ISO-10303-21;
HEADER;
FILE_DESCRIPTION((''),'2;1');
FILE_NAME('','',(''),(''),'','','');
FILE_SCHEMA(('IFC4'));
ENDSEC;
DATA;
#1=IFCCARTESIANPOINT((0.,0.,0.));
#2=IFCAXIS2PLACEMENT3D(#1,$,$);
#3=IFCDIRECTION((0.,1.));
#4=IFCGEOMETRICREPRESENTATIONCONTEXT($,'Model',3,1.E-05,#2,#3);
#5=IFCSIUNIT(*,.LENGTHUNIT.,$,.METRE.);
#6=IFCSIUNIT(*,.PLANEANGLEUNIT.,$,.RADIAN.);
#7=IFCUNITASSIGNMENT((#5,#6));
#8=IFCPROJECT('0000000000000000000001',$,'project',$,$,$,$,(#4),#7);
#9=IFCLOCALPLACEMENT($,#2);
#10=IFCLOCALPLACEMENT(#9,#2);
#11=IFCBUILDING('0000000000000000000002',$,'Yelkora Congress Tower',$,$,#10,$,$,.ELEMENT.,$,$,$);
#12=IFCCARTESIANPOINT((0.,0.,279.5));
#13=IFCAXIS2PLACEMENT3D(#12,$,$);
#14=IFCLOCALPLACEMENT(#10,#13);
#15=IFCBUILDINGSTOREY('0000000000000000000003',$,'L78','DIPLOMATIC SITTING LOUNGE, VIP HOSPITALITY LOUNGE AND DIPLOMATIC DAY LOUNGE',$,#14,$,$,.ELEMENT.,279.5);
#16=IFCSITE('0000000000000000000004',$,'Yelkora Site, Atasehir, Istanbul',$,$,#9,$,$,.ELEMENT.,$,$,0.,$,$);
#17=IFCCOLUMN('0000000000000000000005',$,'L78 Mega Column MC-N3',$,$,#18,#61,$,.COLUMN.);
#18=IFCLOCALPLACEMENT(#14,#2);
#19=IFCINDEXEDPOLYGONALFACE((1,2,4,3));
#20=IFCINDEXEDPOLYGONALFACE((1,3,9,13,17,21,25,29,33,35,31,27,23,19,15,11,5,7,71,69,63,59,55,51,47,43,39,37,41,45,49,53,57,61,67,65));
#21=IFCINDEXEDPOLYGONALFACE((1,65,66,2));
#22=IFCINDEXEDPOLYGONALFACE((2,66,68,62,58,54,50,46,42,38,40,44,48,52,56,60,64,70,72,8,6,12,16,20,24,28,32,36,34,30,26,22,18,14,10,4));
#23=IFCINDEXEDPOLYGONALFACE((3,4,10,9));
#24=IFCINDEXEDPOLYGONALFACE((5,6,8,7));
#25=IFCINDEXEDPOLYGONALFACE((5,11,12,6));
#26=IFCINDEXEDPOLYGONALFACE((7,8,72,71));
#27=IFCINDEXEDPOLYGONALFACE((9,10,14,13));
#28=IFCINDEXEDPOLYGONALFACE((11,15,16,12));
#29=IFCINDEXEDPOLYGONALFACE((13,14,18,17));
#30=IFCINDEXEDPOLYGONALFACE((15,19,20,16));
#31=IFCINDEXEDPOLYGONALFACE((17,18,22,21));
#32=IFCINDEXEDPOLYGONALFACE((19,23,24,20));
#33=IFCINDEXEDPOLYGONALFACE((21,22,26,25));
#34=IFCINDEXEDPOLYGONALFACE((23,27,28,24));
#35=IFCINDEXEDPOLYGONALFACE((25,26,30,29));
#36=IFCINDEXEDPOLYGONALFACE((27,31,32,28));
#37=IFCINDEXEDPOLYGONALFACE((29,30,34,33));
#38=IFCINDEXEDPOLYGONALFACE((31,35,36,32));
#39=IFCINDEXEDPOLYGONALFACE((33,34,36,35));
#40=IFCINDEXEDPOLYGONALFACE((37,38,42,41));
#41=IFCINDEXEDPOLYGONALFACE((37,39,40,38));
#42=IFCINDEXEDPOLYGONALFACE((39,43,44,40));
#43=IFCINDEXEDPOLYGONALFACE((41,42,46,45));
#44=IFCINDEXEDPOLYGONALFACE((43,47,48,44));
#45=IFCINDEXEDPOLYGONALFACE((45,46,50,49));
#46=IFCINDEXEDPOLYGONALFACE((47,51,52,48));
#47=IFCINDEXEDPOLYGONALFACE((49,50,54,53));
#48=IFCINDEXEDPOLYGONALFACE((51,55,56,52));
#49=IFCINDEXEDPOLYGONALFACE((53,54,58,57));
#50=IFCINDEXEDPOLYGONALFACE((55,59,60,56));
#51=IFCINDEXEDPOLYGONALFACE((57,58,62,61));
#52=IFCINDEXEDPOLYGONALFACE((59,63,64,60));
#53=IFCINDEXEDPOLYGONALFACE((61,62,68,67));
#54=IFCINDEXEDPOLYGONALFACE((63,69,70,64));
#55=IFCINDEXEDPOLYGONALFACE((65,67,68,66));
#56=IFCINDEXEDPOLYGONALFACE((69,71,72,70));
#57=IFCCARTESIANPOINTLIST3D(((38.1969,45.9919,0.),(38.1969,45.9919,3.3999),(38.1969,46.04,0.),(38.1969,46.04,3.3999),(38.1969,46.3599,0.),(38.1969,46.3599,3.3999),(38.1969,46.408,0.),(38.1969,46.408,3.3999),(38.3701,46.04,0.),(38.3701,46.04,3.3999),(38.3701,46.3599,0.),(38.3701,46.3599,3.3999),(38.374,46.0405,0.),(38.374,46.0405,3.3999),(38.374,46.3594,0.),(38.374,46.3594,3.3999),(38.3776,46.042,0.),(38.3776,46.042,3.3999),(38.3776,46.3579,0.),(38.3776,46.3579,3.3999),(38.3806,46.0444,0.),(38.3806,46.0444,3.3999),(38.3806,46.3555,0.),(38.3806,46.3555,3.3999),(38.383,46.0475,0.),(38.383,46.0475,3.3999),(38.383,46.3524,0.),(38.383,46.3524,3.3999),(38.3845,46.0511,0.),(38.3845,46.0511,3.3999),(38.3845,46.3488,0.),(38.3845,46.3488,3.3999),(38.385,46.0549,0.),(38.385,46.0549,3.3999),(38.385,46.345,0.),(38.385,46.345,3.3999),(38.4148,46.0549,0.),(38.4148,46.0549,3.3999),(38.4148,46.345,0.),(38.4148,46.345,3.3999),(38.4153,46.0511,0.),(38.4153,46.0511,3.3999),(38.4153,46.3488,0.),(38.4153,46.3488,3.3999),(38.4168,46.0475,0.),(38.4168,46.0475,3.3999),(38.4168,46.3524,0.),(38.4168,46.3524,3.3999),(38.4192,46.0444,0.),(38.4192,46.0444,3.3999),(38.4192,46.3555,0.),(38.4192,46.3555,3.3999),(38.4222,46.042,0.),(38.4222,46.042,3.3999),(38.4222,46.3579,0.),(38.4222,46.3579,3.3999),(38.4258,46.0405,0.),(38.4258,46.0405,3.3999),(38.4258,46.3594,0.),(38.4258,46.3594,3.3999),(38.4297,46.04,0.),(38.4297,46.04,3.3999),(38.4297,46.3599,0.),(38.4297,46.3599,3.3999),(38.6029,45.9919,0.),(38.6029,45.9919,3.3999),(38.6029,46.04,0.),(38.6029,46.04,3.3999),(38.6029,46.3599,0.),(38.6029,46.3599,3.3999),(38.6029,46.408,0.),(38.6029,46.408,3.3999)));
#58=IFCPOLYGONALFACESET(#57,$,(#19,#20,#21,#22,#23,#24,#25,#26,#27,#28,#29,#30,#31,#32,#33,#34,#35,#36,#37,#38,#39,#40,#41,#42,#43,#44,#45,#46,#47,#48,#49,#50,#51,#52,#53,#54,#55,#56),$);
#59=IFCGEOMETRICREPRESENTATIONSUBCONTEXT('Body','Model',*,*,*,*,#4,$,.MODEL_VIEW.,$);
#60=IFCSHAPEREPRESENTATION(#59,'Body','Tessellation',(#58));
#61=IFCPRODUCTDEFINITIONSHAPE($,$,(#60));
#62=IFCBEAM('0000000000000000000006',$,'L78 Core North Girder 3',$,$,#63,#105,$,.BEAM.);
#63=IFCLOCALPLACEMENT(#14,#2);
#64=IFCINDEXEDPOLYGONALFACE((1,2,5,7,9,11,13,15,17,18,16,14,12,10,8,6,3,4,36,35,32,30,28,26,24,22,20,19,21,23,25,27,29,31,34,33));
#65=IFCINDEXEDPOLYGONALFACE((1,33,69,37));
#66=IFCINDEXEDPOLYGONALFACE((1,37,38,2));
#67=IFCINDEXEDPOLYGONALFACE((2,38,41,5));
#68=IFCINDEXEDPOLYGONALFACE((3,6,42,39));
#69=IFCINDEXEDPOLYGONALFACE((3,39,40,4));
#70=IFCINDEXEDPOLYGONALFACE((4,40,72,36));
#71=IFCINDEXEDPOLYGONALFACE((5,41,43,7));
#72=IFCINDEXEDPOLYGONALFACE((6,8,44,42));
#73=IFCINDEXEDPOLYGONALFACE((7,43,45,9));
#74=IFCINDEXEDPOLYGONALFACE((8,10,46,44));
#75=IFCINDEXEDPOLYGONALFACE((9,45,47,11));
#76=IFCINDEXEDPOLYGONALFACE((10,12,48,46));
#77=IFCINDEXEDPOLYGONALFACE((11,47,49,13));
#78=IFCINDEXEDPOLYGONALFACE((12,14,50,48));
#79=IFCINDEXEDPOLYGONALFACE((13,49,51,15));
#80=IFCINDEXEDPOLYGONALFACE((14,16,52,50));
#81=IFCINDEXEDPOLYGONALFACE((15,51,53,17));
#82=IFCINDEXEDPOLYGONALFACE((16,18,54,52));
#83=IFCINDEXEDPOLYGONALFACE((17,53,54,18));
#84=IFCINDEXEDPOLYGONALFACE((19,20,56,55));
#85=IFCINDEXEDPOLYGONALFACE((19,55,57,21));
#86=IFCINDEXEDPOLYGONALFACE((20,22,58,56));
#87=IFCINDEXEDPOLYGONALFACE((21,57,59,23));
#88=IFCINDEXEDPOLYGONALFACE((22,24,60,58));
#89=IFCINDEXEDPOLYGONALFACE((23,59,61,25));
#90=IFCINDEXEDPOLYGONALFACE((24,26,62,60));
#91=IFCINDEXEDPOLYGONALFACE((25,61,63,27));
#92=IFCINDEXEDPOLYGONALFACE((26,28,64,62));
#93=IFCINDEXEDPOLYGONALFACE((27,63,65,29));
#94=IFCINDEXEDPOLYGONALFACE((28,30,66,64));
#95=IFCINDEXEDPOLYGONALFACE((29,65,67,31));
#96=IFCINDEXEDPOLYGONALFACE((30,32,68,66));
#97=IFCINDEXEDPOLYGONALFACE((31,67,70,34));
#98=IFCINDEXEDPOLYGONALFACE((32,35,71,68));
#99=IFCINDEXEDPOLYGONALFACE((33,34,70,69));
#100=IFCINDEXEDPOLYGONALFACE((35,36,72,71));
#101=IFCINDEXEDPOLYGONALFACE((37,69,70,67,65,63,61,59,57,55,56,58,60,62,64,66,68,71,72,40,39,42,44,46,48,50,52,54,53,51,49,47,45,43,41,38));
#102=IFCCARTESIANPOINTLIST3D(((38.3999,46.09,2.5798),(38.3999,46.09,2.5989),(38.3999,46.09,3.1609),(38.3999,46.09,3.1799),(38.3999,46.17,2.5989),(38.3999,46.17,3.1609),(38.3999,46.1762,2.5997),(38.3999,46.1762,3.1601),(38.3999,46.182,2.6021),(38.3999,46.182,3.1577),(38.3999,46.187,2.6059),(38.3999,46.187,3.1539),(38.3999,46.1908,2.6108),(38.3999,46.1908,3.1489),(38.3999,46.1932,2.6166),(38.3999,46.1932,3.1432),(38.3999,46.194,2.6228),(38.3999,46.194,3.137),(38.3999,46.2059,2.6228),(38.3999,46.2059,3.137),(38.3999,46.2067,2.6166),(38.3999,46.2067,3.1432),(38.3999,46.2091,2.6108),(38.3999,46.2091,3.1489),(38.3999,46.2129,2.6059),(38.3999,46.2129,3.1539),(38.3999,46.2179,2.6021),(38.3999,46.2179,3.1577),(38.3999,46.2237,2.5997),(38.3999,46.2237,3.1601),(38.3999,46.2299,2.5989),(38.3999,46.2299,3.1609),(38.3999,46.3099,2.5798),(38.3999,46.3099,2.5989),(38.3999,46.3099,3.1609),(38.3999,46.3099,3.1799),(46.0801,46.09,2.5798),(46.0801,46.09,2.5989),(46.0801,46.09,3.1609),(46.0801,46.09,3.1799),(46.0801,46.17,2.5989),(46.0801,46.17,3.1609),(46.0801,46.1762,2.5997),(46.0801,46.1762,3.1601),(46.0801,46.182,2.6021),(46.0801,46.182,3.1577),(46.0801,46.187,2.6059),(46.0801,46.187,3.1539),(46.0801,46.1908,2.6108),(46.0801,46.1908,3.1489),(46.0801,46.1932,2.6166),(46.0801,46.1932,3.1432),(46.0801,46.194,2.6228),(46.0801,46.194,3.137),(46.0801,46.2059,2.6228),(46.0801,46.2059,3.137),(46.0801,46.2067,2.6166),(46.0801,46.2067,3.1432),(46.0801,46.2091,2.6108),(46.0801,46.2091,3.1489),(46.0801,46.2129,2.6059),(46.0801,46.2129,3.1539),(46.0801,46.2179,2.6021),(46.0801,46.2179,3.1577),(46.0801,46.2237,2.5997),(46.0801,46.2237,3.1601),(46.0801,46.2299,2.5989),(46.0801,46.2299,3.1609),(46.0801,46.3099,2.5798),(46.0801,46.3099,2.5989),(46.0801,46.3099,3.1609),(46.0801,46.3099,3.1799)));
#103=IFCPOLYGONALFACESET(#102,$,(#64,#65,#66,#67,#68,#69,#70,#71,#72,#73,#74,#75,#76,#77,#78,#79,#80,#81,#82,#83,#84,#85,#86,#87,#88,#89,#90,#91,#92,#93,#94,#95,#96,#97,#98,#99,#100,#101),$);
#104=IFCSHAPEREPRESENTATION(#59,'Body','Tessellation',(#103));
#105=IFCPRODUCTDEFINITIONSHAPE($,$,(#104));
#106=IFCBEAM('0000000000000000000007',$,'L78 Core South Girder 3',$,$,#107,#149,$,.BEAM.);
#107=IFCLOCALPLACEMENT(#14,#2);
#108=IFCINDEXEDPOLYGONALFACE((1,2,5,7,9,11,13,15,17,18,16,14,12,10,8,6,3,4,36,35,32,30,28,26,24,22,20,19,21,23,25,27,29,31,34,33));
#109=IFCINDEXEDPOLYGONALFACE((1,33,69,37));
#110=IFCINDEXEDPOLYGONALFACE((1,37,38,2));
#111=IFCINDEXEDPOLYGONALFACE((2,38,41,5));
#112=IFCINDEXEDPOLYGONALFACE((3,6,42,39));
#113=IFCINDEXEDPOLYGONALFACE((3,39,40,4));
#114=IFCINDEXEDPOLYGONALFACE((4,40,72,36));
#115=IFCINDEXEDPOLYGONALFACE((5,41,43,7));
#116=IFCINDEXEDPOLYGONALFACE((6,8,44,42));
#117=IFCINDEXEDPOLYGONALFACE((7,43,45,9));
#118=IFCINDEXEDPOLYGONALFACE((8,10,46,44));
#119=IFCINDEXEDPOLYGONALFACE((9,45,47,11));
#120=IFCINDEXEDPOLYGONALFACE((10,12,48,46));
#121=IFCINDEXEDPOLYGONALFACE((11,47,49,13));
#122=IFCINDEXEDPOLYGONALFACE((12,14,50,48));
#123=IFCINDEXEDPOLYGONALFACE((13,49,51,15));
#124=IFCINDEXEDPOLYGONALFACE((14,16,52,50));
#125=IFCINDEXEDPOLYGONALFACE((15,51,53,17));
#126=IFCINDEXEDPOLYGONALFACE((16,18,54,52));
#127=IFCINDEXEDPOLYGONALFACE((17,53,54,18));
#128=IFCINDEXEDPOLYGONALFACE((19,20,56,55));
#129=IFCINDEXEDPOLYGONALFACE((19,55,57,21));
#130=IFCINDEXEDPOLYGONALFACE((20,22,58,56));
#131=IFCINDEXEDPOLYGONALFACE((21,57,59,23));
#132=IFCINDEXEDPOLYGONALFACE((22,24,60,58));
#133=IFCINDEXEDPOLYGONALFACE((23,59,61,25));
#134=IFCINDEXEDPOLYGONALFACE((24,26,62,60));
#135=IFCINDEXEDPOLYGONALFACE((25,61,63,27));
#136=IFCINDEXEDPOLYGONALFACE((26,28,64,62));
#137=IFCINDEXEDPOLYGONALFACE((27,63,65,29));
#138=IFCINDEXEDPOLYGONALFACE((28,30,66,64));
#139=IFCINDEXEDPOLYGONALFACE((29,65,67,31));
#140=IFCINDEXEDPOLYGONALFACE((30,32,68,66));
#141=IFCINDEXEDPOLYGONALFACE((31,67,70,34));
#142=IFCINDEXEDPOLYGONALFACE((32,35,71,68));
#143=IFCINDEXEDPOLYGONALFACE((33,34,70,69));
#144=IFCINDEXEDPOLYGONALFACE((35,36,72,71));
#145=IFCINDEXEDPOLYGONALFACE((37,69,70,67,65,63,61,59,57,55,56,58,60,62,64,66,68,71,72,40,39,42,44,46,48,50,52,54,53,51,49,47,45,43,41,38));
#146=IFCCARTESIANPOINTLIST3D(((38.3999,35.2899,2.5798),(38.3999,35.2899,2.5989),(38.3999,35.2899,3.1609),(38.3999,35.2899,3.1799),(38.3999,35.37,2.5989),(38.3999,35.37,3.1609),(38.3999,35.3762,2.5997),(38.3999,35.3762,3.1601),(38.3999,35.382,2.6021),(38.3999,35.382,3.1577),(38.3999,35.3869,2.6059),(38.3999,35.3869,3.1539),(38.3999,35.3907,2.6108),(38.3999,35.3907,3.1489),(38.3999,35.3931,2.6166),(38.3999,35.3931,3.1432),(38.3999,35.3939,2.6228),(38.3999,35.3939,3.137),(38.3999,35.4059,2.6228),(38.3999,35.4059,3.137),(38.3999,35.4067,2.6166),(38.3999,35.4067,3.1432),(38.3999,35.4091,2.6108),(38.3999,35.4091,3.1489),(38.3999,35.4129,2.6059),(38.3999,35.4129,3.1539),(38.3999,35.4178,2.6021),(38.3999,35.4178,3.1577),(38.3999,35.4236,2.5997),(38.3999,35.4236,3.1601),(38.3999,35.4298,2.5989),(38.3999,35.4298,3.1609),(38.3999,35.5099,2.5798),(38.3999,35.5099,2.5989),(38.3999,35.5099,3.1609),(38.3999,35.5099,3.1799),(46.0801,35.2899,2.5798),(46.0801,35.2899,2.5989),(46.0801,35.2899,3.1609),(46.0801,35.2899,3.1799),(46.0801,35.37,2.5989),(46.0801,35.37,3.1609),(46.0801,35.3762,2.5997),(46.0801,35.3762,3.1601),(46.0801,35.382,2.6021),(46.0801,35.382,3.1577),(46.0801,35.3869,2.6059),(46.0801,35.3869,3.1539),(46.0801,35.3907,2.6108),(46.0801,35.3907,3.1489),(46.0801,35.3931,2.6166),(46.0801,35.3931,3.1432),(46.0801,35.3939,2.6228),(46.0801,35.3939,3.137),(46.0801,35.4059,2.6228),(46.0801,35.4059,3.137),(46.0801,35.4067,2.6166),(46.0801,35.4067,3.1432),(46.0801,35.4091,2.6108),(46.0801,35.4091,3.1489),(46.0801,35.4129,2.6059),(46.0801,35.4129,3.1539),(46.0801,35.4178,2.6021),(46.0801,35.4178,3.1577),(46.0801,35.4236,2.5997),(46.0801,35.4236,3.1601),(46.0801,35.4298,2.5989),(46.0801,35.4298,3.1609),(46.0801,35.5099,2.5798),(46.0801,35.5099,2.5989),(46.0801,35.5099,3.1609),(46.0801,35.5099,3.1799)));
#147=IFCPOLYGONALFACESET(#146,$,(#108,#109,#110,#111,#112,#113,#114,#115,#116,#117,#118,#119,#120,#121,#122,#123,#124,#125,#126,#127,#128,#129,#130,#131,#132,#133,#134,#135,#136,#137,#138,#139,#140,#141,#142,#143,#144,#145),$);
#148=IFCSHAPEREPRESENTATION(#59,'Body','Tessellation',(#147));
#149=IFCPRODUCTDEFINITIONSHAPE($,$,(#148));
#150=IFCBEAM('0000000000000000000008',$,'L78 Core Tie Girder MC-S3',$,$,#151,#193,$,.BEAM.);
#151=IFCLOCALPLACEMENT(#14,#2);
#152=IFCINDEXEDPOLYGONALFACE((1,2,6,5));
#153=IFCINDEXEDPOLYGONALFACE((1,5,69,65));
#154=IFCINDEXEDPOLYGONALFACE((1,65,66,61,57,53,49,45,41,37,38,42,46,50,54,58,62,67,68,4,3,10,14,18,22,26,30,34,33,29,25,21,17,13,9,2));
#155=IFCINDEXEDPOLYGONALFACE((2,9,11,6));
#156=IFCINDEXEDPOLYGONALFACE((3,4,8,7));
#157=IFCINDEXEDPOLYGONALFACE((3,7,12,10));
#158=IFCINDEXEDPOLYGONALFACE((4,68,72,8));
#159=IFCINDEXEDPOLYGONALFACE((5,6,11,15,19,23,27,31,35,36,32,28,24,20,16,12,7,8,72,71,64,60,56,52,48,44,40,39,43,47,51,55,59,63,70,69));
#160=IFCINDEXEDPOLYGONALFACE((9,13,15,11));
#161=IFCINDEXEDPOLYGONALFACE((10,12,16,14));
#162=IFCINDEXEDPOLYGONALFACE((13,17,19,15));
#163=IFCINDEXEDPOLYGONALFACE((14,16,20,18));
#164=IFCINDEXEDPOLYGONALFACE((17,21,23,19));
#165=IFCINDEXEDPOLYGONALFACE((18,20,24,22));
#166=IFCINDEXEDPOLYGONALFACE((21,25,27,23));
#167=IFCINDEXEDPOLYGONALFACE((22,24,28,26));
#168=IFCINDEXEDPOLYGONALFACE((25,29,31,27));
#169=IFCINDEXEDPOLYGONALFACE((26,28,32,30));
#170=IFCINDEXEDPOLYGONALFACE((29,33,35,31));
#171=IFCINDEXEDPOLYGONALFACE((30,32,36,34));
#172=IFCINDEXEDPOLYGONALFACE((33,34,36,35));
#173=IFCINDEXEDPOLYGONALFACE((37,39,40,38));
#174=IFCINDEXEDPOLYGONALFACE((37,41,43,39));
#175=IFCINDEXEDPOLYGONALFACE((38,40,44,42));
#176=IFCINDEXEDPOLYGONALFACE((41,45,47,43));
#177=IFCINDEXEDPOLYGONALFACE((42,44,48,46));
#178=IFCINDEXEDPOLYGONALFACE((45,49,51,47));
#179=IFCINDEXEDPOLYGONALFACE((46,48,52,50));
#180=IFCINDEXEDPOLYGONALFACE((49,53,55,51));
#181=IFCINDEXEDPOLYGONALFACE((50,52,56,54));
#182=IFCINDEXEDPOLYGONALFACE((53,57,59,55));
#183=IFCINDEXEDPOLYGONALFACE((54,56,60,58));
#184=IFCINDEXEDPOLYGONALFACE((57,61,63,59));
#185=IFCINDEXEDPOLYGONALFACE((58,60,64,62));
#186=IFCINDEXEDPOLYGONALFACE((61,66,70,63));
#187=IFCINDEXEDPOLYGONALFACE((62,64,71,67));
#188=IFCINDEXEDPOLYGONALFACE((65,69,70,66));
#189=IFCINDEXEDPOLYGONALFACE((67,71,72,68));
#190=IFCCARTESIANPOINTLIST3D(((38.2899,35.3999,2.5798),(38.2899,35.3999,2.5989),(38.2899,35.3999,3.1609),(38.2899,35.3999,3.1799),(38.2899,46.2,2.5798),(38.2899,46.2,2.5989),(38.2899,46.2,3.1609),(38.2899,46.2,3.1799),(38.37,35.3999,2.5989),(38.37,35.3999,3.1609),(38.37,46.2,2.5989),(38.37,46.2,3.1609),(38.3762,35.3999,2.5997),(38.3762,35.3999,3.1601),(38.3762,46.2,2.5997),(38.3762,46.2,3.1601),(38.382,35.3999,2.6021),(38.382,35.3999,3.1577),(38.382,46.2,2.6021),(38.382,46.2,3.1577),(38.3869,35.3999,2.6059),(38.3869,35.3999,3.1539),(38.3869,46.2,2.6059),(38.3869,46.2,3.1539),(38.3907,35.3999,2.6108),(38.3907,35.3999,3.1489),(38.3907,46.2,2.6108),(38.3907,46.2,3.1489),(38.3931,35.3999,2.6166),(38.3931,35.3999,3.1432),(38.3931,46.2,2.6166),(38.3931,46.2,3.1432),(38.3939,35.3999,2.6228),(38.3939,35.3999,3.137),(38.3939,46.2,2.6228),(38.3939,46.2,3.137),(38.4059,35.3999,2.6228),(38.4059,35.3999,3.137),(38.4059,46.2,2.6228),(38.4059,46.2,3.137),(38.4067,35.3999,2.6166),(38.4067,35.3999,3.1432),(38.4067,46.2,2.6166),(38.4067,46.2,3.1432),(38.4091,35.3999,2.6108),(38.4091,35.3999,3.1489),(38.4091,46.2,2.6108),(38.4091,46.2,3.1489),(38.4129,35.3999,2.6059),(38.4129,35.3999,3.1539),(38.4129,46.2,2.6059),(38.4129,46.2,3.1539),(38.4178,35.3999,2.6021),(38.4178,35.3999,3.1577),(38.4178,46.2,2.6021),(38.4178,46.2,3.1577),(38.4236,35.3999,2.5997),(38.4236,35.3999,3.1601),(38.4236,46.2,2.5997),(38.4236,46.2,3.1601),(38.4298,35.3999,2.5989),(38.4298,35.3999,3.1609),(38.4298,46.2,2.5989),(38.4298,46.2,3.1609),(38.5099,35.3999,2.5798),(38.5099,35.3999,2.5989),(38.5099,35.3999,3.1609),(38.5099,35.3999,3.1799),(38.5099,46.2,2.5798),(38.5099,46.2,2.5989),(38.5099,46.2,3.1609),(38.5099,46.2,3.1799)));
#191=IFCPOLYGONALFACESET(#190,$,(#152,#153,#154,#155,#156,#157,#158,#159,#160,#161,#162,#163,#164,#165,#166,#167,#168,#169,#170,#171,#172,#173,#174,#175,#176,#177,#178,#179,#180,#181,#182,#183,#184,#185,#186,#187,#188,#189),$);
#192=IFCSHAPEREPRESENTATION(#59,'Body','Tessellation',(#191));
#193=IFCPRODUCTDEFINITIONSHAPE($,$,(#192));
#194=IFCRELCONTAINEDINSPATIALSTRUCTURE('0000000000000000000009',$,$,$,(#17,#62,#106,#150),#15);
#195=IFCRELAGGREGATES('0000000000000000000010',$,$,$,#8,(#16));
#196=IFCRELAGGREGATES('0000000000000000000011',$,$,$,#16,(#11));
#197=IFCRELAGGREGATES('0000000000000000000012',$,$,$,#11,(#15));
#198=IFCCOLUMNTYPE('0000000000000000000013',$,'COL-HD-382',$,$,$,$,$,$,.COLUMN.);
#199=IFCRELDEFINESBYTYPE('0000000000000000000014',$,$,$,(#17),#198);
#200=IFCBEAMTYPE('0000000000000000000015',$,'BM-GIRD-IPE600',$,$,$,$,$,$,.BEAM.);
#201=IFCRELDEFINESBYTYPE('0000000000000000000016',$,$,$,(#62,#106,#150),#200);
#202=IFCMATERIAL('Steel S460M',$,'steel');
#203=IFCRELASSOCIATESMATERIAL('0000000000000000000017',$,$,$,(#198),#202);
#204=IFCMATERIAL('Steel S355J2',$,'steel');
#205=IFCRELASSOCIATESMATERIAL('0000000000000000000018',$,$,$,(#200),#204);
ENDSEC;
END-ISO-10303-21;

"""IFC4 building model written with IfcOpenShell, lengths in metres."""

from ifc_helpers import new_model, si_unit, direction, frame, origin, origin_2d, place, context, subcontext, project, spatial, i_section, extrude, material, material_profile, profile_set, type_object, element, save


model = new_model("IFC4")

# Units and contexts
model_context = context("Model", 3, precision=1e-05, world=origin(), true_north=direction((0.0, 1.0)))
body_context = subcontext(model_context, "Body", "Model", "MODEL_VIEW")
ifc_project = project(units=[si_unit("LENGTHUNIT", "METRE"), si_unit("PLANEANGLEUNIT", "RADIAN")], contexts=[model_context])

# Site, building, storey
site_placement = place(None, origin())
site = spatial("IfcSite", under=ifc_project, at=site_placement, Name="Yelkora Site, Atasehir, Istanbul", CompositionType="ELEMENT", RefElevation=0.0)
building_placement = place(site_placement, origin())
building = spatial("IfcBuilding", under=site, at=building_placement, Name="Yelkora Congress Tower", CompositionType="ELEMENT")
storey_placement = place(building_placement, frame((0.0, 0.0, 279.5)))
storey = spatial("IfcBuildingStorey", under=building, at=storey_placement, Name="L78", Description="DIPLOMATIC SITTING LOUNGE, VIP HOSPITALITY LOUNGE AND DIPLOMATIC DAY LOUNGE", CompositionType="ELEMENT", Elevation=279.5)

# Column
ifc_material_1 = material(Name="Steel S460M", Category="steel")
ifc_material_profile_1 = material_profile(ifc_material_1, i_section(OverallWidth=0.406, OverallDepth=0.416, WebThickness=0.0298, FlangeThickness=0.0481, FilletRadius=0.0149, at=origin_2d()), Name="HD 400x382")
ifc_profile_set_1 = profile_set([ifc_material_profile_1], Name="Steel S460M")
column_type = type_object("IfcColumnType", Name="COL-HD-382", PredefinedType="COLUMN", material=ifc_profile_set_1)
column_placement = place(storey_placement, frame((38.3999, 46.2, 0.0), z_axis=(0.0, 0.0, 1.0), x_axis=(1.0, 0.0, 0.0)))
element("IfcColumn", 1, at=column_placement, inside=storey, type_object=column_type, Name="L78 Mega Column MC-N3", PredefinedType="COLUMN", context=body_context, shape_type="SweptSolid", body=[
    extrude(i_section(OverallWidth=0.406, OverallDepth=0.416, WebThickness=0.0298, FlangeThickness=0.0481, FilletRadius=0.0149, at=origin_2d()), origin(), (0.0, 0.0, 1.0), 3.3999),
])

# Beams
ifc_material_2 = material(Name="Steel S355J2", Category="steel")
ifc_material_profile_2 = material_profile(ifc_material_2, i_section(OverallWidth=0.22, OverallDepth=0.6001, WebThickness=0.012, FlangeThickness=0.019, FilletRadius=0.0239, at=origin_2d()), Name="IPE 600")
ifc_profile_set_2 = profile_set([ifc_material_profile_2], Name="Steel S355J2")
beam_type = type_object("IfcBeamType", Name="BM-GIRD-IPE600", PredefinedType="BEAM", material=ifc_profile_set_2)
for number, where, z_axis, x_axis, name in (
    (2, (38.3999, 46.2, 2.8799), (1.0, 0.0, 0.0), (0.0, 1.0, 0.0), "L78 Core North Girder 3"),
    (3, (38.3999, 35.3999, 2.8799), (1.0, 0.0, 0.0), (0.0, 1.0, 0.0), "L78 Core South Girder 3"),
):
    element("IfcBeam", number, at=place(storey_placement, frame(where, z_axis=z_axis, x_axis=x_axis)), inside=storey, type_object=beam_type, Name=name, PredefinedType="BEAM", context=body_context, shape_type="SweptSolid", body=[
        extrude(i_section(OverallWidth=0.22, OverallDepth=0.6001, WebThickness=0.012, FlangeThickness=0.019, FilletRadius=0.0239, at=origin_2d()), origin(), (0.0, 0.0, 1.0), 7.6802),
    ])
beam_placement = place(storey_placement, frame((38.3999, 35.3999, 2.8799), z_axis=(0.0, 1.0, 0.0), x_axis=(-1.0, 0.0, 0.0)))
element("IfcBeam", 4, at=beam_placement, inside=storey, type_object=beam_type, Name="L78 Core Tie Girder MC-S3", PredefinedType="BEAM", context=body_context, shape_type="SweptSolid", body=[
    extrude(i_section(OverallWidth=0.22, OverallDepth=0.6001, WebThickness=0.012, FlangeThickness=0.019, FilletRadius=0.0239, at=origin_2d()), origin(), (0.0, 0.0, 1.0), 10.8),
])

save(model, "model.ifc")
